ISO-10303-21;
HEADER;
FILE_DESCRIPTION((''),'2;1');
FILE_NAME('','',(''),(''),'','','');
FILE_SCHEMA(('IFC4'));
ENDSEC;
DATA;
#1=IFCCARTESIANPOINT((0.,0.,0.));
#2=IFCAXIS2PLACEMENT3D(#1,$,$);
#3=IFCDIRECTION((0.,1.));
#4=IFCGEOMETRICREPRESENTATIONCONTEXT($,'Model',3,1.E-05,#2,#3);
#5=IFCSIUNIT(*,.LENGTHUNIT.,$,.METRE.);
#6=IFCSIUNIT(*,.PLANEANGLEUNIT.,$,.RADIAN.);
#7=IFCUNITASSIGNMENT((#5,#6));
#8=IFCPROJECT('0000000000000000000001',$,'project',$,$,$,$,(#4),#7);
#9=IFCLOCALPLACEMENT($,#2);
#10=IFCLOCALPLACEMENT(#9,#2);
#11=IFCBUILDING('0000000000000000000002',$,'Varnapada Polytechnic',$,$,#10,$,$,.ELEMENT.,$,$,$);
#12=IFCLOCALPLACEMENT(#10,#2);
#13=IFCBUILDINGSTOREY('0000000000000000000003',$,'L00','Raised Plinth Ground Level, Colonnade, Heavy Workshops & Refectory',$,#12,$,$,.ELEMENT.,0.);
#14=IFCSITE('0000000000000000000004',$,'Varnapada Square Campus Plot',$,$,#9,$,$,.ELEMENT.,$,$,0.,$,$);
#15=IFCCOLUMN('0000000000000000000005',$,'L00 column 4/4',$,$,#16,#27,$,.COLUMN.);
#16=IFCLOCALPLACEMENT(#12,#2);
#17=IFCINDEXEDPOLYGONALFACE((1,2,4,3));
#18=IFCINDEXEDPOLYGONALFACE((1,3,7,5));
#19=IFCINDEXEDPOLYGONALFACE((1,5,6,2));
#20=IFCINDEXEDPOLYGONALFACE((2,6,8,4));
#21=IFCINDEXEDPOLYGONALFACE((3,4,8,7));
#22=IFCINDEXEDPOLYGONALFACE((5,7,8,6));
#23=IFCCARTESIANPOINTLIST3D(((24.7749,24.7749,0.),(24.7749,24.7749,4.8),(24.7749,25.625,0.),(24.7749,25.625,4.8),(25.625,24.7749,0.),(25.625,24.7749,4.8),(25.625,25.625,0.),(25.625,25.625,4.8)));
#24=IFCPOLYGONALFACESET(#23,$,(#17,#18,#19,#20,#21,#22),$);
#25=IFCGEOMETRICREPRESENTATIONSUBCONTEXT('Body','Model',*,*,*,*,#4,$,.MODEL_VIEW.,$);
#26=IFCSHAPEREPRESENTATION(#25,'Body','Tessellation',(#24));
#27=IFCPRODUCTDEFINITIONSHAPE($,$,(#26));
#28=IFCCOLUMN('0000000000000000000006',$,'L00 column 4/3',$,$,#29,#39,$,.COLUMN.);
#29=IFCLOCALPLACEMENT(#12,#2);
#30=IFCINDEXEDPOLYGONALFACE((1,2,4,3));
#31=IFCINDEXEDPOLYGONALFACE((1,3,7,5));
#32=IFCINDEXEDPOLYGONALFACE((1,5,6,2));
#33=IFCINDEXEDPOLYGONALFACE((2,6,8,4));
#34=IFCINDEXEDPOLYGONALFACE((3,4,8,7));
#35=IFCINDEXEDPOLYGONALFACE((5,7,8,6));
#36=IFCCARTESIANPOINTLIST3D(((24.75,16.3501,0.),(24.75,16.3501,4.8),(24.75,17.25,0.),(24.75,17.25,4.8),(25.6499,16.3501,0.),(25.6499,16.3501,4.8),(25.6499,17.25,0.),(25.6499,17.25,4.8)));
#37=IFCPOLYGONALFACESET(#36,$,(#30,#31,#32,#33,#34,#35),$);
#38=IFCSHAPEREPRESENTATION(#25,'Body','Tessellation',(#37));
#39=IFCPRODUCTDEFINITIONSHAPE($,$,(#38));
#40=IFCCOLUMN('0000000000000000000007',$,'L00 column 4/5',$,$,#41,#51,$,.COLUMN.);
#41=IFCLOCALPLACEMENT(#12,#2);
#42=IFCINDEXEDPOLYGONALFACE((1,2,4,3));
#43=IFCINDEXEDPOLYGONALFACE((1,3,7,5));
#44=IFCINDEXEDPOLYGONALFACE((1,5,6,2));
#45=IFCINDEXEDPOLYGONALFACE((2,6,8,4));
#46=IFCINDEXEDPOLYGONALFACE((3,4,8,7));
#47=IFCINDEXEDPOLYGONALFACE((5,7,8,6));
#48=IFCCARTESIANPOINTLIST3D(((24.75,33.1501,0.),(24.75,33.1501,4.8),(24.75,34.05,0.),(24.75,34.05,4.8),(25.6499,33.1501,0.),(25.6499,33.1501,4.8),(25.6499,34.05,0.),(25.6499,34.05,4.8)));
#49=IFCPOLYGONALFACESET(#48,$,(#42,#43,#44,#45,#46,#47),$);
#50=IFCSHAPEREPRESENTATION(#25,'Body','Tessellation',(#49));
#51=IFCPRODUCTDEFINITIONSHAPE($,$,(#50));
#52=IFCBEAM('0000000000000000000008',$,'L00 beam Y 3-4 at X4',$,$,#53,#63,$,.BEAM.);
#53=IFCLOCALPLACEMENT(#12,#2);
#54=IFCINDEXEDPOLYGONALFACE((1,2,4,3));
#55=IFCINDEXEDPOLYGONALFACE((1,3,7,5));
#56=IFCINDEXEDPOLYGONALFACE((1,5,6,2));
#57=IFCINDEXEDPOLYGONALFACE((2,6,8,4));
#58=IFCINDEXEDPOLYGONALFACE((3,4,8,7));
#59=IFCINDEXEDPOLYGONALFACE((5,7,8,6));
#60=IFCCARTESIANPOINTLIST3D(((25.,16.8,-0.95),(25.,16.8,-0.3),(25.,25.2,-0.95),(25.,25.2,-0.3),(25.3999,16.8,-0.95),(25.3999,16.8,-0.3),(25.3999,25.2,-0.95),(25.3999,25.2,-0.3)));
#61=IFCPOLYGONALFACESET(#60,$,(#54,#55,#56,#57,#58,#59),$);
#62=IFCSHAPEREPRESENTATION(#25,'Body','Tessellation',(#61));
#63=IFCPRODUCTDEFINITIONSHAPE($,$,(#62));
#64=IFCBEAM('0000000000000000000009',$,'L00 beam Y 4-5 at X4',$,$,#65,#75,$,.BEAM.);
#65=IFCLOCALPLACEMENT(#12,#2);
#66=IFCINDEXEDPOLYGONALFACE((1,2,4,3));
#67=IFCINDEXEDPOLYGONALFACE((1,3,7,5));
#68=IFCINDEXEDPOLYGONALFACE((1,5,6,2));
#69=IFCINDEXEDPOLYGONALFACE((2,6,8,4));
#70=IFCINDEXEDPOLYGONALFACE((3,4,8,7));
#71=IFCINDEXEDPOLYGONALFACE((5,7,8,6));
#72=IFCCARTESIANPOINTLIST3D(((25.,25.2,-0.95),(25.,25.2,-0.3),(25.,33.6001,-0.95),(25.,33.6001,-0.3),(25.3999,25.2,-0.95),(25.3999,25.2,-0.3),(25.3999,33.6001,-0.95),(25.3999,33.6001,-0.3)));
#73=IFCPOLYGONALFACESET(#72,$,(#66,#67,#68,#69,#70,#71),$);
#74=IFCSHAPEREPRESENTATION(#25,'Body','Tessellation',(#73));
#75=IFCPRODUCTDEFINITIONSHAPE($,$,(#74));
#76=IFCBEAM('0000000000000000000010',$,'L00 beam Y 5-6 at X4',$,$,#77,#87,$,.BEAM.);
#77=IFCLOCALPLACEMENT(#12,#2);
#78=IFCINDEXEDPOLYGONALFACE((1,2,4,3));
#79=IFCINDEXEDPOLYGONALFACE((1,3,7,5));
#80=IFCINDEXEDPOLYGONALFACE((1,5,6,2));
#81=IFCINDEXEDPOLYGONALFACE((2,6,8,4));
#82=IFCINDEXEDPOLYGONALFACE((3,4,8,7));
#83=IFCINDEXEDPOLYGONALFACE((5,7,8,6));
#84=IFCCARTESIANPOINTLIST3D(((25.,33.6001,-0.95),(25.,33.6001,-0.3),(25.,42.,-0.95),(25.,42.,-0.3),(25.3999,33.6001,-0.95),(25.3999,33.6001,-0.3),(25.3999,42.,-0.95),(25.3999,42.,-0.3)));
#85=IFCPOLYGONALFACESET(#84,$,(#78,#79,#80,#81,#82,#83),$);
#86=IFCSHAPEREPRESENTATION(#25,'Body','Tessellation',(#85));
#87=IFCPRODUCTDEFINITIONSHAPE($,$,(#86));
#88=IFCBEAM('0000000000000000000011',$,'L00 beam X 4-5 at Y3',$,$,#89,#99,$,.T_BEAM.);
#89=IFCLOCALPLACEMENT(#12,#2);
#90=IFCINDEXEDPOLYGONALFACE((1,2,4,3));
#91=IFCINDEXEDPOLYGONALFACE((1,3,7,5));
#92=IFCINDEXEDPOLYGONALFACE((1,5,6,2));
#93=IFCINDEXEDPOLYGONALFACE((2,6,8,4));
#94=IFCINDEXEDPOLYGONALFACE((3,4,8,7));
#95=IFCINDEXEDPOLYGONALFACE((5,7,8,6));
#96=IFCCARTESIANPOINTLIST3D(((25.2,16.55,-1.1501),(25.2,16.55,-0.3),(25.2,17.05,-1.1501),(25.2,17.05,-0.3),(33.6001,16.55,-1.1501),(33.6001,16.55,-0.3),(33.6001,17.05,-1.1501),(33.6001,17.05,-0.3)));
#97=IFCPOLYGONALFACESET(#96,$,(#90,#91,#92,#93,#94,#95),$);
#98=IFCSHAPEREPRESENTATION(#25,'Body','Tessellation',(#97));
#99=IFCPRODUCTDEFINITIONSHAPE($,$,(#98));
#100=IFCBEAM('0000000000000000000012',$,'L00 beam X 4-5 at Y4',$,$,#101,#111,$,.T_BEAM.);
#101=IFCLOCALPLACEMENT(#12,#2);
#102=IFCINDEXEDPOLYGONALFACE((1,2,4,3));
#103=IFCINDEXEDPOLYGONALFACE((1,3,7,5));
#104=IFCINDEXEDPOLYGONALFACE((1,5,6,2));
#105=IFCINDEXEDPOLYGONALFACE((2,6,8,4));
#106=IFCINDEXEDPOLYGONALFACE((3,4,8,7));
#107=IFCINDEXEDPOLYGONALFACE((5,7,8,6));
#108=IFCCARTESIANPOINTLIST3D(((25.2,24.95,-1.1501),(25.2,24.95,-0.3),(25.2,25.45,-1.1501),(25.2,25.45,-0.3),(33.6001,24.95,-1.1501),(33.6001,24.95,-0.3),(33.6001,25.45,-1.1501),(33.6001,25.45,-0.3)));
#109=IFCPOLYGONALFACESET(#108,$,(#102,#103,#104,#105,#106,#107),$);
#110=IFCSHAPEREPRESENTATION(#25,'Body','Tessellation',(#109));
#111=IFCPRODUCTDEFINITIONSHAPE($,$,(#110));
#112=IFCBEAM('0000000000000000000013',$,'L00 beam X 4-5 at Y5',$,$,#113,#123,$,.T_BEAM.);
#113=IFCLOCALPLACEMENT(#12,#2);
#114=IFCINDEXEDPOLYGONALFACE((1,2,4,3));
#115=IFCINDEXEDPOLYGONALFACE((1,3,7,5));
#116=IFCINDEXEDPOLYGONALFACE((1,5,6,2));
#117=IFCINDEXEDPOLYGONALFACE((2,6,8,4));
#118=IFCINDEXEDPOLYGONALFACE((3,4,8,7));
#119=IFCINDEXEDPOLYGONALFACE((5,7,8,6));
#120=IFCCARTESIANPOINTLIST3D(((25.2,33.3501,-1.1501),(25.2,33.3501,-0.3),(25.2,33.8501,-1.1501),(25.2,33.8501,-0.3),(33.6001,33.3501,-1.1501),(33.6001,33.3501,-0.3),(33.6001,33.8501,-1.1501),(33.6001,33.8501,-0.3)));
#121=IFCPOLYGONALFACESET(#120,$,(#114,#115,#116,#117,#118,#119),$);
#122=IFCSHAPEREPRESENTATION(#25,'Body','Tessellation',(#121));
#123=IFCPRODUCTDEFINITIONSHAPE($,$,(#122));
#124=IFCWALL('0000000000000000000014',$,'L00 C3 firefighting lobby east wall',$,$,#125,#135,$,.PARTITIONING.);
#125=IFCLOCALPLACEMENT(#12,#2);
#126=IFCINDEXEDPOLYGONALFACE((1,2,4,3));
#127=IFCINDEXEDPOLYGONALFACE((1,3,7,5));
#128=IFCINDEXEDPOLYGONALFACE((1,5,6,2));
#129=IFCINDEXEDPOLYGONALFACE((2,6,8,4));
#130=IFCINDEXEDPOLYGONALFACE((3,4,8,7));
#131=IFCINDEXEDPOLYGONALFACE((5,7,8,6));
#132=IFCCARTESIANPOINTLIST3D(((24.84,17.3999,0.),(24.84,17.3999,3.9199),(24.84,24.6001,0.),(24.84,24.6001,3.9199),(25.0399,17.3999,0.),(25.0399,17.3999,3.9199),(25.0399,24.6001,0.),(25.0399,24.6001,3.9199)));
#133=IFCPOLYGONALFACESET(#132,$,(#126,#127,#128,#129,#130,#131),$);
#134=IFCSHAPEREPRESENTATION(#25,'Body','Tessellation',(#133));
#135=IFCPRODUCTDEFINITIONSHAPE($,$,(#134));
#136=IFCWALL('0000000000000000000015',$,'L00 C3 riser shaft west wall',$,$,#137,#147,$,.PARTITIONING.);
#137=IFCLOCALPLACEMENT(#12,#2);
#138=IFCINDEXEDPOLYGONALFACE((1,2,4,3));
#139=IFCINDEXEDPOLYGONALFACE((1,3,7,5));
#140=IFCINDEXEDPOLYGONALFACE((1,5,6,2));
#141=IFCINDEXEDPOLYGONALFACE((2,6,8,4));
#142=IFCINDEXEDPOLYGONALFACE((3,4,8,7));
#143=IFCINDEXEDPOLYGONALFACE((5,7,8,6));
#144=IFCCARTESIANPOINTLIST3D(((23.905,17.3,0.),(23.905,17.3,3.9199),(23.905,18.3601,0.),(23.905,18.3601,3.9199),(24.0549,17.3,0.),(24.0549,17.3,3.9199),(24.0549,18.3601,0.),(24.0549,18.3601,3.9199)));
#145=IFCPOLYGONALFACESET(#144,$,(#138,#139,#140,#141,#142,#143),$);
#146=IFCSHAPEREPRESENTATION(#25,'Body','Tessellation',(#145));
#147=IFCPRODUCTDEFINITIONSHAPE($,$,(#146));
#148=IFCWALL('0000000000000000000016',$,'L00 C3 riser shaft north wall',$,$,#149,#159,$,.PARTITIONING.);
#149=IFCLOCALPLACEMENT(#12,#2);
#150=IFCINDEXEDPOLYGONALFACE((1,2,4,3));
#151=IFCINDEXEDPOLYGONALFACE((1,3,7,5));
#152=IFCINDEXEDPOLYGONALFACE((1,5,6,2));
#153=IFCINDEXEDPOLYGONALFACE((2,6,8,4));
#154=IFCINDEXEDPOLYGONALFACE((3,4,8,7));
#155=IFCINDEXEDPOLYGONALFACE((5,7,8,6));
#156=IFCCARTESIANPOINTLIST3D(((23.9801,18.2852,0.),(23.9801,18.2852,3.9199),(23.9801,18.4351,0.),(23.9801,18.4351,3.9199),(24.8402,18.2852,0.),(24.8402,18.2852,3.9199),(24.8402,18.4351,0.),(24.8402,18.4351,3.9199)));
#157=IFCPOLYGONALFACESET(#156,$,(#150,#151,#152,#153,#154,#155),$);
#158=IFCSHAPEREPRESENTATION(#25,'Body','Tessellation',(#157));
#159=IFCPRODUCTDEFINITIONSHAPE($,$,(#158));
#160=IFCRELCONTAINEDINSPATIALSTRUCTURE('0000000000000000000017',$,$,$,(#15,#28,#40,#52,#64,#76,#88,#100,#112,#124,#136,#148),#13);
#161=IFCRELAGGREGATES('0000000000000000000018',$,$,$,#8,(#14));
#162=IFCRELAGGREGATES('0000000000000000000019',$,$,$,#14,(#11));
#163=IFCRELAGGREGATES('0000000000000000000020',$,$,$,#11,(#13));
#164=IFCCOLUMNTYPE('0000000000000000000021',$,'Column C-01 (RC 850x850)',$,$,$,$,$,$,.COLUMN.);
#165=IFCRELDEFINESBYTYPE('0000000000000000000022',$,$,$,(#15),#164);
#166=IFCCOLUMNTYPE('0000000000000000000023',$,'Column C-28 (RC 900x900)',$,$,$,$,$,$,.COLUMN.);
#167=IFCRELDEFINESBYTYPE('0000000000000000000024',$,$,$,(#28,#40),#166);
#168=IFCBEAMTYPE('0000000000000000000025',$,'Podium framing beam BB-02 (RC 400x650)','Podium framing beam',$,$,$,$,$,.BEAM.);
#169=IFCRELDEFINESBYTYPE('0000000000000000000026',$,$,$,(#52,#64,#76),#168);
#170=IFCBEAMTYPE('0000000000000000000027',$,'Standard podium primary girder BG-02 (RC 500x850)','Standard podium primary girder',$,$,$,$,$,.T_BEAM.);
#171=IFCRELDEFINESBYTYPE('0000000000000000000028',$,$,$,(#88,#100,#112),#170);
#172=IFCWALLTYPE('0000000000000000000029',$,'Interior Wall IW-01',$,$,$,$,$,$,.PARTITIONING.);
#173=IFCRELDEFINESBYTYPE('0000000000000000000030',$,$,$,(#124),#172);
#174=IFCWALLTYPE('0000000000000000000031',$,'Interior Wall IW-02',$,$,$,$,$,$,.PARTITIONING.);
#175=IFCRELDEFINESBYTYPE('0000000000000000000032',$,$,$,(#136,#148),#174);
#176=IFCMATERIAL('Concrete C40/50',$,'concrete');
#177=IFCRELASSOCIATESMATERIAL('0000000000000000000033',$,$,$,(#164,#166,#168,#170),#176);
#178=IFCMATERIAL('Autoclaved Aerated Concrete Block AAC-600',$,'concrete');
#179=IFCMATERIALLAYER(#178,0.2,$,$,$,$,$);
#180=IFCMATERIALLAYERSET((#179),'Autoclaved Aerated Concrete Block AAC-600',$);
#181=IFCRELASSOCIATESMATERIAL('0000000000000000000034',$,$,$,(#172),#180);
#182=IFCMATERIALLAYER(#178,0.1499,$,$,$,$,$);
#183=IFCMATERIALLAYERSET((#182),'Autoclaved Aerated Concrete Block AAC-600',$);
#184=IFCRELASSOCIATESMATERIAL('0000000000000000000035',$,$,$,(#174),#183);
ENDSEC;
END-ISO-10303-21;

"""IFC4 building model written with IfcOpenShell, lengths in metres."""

from ifc_helpers import new_model, si_unit, direction, frame, frame_2d, origin, origin_2d, place, context, subcontext, project, spatial, rectangle, extrude, material, layer, layer_set, material_profile, profile_set, type_object, element, save


model = new_model("IFC4")

# Units and contexts
model_context = context("Model", 3, precision=1e-05, world=origin(), true_north=direction((0.0, 1.0)))
body_context = subcontext(model_context, "Body", "Model", "MODEL_VIEW")
ifc_project = project(units=[si_unit("LENGTHUNIT", "METRE"), si_unit("PLANEANGLEUNIT", "RADIAN")], contexts=[model_context])

# Site, building, storey
site_placement = place(None, origin())
site = spatial("IfcSite", under=ifc_project, at=site_placement, Name="Varnapada Square Campus Plot", CompositionType="ELEMENT", RefElevation=0.0)
building_placement = place(site_placement, origin())
building = spatial("IfcBuilding", under=site, at=building_placement, Name="Varnapada Polytechnic", CompositionType="ELEMENT")
storey_placement = place(building_placement, origin())
storey = spatial("IfcBuildingStorey", under=building, at=storey_placement, Name="L00", Description="Raised Plinth Ground Level, Colonnade, Heavy Workshops & Refectory", CompositionType="ELEMENT", Elevation=0.0)

# Columns
ifc_material_1 = material(Name="Concrete C40/50", Category="concrete")
ifc_material_profile_1 = material_profile(ifc_material_1, rectangle(XDim=0.8501, YDim=0.8501, at=origin_2d()), Name="RC 850x850")
ifc_profile_set_1 = profile_set([ifc_material_profile_1], Name="Concrete C40/50")
column_type_1 = type_object("IfcColumnType", Name="Column C-01 (RC 850x850)", PredefinedType="COLUMN", material=ifc_profile_set_1)
column_placement = place(storey_placement, frame((25.2, 25.2, 0.0), z_axis=(0.0, 0.0, 1.0), x_axis=(1.0, 0.0, 0.0)))
element("IfcColumn", 1, at=column_placement, inside=storey, type_object=column_type_1, Name="L00 column 4/4", PredefinedType="COLUMN", context=body_context, shape_type="SweptSolid", body=[
    extrude(rectangle(XDim=0.8501, YDim=0.8501, at=origin_2d()), origin(), (0.0, 0.0, 1.0), 4.8),
])
ifc_material_profile_2 = material_profile(ifc_material_1, rectangle(XDim=0.8999, YDim=0.8999, at=origin_2d()), Name="RC 900x900")
ifc_profile_set_2 = profile_set([ifc_material_profile_2], Name="Concrete C40/50")
column_type_2 = type_object("IfcColumnType", Name="Column C-28 (RC 900x900)", PredefinedType="COLUMN", material=ifc_profile_set_2)
for number, where, z_axis, x_axis, name in (
    (2, (25.2, 16.8, 0.0), (0.0, 0.0, 1.0), (1.0, 0.0, 0.0), "L00 column 4/3"),
    (3, (25.2, 33.6001, 0.0), (0.0, 0.0, 1.0), (1.0, 0.0, 0.0), "L00 column 4/5"),
):
    element("IfcColumn", number, at=place(storey_placement, frame(where, z_axis=z_axis, x_axis=x_axis)), inside=storey, type_object=column_type_2, Name=name, PredefinedType="COLUMN", context=body_context, shape_type="SweptSolid", body=[
        extrude(rectangle(XDim=0.8999, YDim=0.8999, at=origin_2d()), origin(), (0.0, 0.0, 1.0), 4.8),
    ])

# Beams
ifc_material_profile_3 = material_profile(ifc_material_1, rectangle(XDim=0.3999, YDim=0.6499, at=origin_2d()), Name="RC 400x650")
ifc_profile_set_3 = profile_set([ifc_material_profile_3], Name="Concrete C40/50")
beam_type_1 = type_object("IfcBeamType", Name="Podium framing beam BB-02 (RC 400x650)", Description="Podium framing beam", PredefinedType="BEAM", material=ifc_profile_set_3)
beam_1_placement = place(storey_placement, frame((25.2, 16.8, -0.625), z_axis=(0.0, 1.0, 0.0), x_axis=(-1.0, 0.0, 0.0)))
element("IfcBeam", 4, at=beam_1_placement, inside=storey, type_object=beam_type_1, Name="L00 beam Y 3-4 at X4", PredefinedType="BEAM", context=body_context, shape_type="SweptSolid", body=[
    extrude(rectangle(XDim=0.3999, YDim=0.6499, at=origin_2d()), origin(), (0.0, 0.0, 1.0), 8.3999),
])
beam_2_placement = place(storey_placement, frame((25.2, 25.2, -0.625), z_axis=(0.0, 1.0, 0.0), x_axis=(-1.0, 0.0, 0.0)))
element("IfcBeam", 5, at=beam_2_placement, inside=storey, type_object=beam_type_1, Name="L00 beam Y 4-5 at X4", PredefinedType="BEAM", context=body_context, shape_type="SweptSolid", body=[
    extrude(rectangle(XDim=0.3999, YDim=0.6499, at=origin_2d()), origin(), (0.0, 0.0, 1.0), 8.4001),
])
beam_3_placement = place(storey_placement, frame((25.2, 33.6001, -0.625), z_axis=(0.0, 1.0, 0.0), x_axis=(-1.0, 0.0, 0.0)))
element("IfcBeam", 6, at=beam_3_placement, inside=storey, type_object=beam_type_1, Name="L00 beam Y 5-6 at X4", PredefinedType="BEAM", context=body_context, shape_type="SweptSolid", body=[
    extrude(rectangle(XDim=0.3999, YDim=0.6499, at=origin_2d()), origin(), (0.0, 0.0, 1.0), 8.3999),
])
ifc_material_profile_4 = material_profile(ifc_material_1, rectangle(XDim=0.5, YDim=0.8501, at=origin_2d()), Name="RC 500x850")
ifc_profile_set_4 = profile_set([ifc_material_profile_4], Name="Concrete C40/50")
beam_type_2 = type_object("IfcBeamType", Name="Standard podium primary girder BG-02 (RC 500x850)", Description="Standard podium primary girder", PredefinedType="T_BEAM", material=ifc_profile_set_4)
for number, where, z_axis, x_axis, name in (
    (7, (25.2, 16.8, -0.7251), (1.0, 0.0, 0.0), (0.0, 1.0, 0.0), "L00 beam X 4-5 at Y3"),
    (8, (25.2, 25.2, -0.7251), (1.0, 0.0, 0.0), (0.0, 1.0, 0.0), "L00 beam X 4-5 at Y4"),
    (9, (25.2, 33.6001, -0.7251), (1.0, 0.0, 0.0), (0.0, 1.0, 0.0), "L00 beam X 4-5 at Y5"),
):
    element("IfcBeam", number, at=place(storey_placement, frame(where, z_axis=z_axis, x_axis=x_axis)), inside=storey, type_object=beam_type_2, Name=name, PredefinedType="T_BEAM", context=body_context, shape_type="SweptSolid", body=[
        extrude(rectangle(XDim=0.5, YDim=0.8501, at=origin_2d()), origin(), (0.0, 0.0, 1.0), 8.4001),
    ])

# Walls
ifc_material_2 = material(Name="Autoclaved Aerated Concrete Block AAC-600", Category="concrete")
ifc_layer_1 = layer(ifc_material_2, 0.2)
ifc_layer_set_1 = layer_set([ifc_layer_1], Name="Autoclaved Aerated Concrete Block AAC-600")
wall_type_1 = type_object("IfcWallType", Name="Interior Wall IW-01", PredefinedType="PARTITIONING", material=ifc_layer_set_1)
wall_1_placement = place(storey_placement, frame((24.9399, 24.6001, 0.0), z_axis=(0.0, 0.0, 1.0), x_axis=(0.0, -1.0, 0.0)))
element("IfcWall", 10, at=wall_1_placement, inside=storey, type_object=wall_type_1, Name="L00 C3 firefighting lobby east wall", PredefinedType="PARTITIONING", context=body_context, shape_type="SweptSolid", body=[
    extrude(rectangle(XDim=7.2002, YDim=0.2, at=frame_2d((3.6001, 0.0))), origin(), (0.0, 0.0, 1.0), 3.9199),
])
ifc_layer_2 = layer(ifc_material_2, 0.1499)
ifc_layer_set_2 = layer_set([ifc_layer_2], Name="Autoclaved Aerated Concrete Block AAC-600")
wall_type_2 = type_object("IfcWallType", Name="Interior Wall IW-02", PredefinedType="PARTITIONING", material=ifc_layer_set_2)
wall_2_placement = place(storey_placement, frame((23.98, 18.3601, 0.0), z_axis=(0.0, 0.0, 1.0), x_axis=(0.0, -1.0, 0.0)))
element("IfcWall", 11, at=wall_2_placement, inside=storey, type_object=wall_type_2, Name="L00 C3 riser shaft west wall", PredefinedType="PARTITIONING", context=body_context, shape_type="SweptSolid", body=[
    extrude(rectangle(XDim=1.0601, YDim=0.1499, at=frame_2d((0.53, 0.0))), origin(), (0.0, 0.0, 1.0), 3.9199),
])
wall_3_placement = place(storey_placement, frame((23.98, 18.3601, 0.0), z_axis=(0.0, 0.0, 1.0), x_axis=(1.0, 0.0, 0.0)))
element("IfcWall", 12, at=wall_3_placement, inside=storey, type_object=wall_type_2, Name="L00 C3 riser shaft north wall", PredefinedType="PARTITIONING", context=body_context, shape_type="SweptSolid", body=[
    extrude(rectangle(XDim=0.8601, YDim=0.1499, at=frame_2d((0.4302, 0.0))), origin(), (0.0, 0.0, 1.0), 3.9199),
])

save(model, "model.ifc")
